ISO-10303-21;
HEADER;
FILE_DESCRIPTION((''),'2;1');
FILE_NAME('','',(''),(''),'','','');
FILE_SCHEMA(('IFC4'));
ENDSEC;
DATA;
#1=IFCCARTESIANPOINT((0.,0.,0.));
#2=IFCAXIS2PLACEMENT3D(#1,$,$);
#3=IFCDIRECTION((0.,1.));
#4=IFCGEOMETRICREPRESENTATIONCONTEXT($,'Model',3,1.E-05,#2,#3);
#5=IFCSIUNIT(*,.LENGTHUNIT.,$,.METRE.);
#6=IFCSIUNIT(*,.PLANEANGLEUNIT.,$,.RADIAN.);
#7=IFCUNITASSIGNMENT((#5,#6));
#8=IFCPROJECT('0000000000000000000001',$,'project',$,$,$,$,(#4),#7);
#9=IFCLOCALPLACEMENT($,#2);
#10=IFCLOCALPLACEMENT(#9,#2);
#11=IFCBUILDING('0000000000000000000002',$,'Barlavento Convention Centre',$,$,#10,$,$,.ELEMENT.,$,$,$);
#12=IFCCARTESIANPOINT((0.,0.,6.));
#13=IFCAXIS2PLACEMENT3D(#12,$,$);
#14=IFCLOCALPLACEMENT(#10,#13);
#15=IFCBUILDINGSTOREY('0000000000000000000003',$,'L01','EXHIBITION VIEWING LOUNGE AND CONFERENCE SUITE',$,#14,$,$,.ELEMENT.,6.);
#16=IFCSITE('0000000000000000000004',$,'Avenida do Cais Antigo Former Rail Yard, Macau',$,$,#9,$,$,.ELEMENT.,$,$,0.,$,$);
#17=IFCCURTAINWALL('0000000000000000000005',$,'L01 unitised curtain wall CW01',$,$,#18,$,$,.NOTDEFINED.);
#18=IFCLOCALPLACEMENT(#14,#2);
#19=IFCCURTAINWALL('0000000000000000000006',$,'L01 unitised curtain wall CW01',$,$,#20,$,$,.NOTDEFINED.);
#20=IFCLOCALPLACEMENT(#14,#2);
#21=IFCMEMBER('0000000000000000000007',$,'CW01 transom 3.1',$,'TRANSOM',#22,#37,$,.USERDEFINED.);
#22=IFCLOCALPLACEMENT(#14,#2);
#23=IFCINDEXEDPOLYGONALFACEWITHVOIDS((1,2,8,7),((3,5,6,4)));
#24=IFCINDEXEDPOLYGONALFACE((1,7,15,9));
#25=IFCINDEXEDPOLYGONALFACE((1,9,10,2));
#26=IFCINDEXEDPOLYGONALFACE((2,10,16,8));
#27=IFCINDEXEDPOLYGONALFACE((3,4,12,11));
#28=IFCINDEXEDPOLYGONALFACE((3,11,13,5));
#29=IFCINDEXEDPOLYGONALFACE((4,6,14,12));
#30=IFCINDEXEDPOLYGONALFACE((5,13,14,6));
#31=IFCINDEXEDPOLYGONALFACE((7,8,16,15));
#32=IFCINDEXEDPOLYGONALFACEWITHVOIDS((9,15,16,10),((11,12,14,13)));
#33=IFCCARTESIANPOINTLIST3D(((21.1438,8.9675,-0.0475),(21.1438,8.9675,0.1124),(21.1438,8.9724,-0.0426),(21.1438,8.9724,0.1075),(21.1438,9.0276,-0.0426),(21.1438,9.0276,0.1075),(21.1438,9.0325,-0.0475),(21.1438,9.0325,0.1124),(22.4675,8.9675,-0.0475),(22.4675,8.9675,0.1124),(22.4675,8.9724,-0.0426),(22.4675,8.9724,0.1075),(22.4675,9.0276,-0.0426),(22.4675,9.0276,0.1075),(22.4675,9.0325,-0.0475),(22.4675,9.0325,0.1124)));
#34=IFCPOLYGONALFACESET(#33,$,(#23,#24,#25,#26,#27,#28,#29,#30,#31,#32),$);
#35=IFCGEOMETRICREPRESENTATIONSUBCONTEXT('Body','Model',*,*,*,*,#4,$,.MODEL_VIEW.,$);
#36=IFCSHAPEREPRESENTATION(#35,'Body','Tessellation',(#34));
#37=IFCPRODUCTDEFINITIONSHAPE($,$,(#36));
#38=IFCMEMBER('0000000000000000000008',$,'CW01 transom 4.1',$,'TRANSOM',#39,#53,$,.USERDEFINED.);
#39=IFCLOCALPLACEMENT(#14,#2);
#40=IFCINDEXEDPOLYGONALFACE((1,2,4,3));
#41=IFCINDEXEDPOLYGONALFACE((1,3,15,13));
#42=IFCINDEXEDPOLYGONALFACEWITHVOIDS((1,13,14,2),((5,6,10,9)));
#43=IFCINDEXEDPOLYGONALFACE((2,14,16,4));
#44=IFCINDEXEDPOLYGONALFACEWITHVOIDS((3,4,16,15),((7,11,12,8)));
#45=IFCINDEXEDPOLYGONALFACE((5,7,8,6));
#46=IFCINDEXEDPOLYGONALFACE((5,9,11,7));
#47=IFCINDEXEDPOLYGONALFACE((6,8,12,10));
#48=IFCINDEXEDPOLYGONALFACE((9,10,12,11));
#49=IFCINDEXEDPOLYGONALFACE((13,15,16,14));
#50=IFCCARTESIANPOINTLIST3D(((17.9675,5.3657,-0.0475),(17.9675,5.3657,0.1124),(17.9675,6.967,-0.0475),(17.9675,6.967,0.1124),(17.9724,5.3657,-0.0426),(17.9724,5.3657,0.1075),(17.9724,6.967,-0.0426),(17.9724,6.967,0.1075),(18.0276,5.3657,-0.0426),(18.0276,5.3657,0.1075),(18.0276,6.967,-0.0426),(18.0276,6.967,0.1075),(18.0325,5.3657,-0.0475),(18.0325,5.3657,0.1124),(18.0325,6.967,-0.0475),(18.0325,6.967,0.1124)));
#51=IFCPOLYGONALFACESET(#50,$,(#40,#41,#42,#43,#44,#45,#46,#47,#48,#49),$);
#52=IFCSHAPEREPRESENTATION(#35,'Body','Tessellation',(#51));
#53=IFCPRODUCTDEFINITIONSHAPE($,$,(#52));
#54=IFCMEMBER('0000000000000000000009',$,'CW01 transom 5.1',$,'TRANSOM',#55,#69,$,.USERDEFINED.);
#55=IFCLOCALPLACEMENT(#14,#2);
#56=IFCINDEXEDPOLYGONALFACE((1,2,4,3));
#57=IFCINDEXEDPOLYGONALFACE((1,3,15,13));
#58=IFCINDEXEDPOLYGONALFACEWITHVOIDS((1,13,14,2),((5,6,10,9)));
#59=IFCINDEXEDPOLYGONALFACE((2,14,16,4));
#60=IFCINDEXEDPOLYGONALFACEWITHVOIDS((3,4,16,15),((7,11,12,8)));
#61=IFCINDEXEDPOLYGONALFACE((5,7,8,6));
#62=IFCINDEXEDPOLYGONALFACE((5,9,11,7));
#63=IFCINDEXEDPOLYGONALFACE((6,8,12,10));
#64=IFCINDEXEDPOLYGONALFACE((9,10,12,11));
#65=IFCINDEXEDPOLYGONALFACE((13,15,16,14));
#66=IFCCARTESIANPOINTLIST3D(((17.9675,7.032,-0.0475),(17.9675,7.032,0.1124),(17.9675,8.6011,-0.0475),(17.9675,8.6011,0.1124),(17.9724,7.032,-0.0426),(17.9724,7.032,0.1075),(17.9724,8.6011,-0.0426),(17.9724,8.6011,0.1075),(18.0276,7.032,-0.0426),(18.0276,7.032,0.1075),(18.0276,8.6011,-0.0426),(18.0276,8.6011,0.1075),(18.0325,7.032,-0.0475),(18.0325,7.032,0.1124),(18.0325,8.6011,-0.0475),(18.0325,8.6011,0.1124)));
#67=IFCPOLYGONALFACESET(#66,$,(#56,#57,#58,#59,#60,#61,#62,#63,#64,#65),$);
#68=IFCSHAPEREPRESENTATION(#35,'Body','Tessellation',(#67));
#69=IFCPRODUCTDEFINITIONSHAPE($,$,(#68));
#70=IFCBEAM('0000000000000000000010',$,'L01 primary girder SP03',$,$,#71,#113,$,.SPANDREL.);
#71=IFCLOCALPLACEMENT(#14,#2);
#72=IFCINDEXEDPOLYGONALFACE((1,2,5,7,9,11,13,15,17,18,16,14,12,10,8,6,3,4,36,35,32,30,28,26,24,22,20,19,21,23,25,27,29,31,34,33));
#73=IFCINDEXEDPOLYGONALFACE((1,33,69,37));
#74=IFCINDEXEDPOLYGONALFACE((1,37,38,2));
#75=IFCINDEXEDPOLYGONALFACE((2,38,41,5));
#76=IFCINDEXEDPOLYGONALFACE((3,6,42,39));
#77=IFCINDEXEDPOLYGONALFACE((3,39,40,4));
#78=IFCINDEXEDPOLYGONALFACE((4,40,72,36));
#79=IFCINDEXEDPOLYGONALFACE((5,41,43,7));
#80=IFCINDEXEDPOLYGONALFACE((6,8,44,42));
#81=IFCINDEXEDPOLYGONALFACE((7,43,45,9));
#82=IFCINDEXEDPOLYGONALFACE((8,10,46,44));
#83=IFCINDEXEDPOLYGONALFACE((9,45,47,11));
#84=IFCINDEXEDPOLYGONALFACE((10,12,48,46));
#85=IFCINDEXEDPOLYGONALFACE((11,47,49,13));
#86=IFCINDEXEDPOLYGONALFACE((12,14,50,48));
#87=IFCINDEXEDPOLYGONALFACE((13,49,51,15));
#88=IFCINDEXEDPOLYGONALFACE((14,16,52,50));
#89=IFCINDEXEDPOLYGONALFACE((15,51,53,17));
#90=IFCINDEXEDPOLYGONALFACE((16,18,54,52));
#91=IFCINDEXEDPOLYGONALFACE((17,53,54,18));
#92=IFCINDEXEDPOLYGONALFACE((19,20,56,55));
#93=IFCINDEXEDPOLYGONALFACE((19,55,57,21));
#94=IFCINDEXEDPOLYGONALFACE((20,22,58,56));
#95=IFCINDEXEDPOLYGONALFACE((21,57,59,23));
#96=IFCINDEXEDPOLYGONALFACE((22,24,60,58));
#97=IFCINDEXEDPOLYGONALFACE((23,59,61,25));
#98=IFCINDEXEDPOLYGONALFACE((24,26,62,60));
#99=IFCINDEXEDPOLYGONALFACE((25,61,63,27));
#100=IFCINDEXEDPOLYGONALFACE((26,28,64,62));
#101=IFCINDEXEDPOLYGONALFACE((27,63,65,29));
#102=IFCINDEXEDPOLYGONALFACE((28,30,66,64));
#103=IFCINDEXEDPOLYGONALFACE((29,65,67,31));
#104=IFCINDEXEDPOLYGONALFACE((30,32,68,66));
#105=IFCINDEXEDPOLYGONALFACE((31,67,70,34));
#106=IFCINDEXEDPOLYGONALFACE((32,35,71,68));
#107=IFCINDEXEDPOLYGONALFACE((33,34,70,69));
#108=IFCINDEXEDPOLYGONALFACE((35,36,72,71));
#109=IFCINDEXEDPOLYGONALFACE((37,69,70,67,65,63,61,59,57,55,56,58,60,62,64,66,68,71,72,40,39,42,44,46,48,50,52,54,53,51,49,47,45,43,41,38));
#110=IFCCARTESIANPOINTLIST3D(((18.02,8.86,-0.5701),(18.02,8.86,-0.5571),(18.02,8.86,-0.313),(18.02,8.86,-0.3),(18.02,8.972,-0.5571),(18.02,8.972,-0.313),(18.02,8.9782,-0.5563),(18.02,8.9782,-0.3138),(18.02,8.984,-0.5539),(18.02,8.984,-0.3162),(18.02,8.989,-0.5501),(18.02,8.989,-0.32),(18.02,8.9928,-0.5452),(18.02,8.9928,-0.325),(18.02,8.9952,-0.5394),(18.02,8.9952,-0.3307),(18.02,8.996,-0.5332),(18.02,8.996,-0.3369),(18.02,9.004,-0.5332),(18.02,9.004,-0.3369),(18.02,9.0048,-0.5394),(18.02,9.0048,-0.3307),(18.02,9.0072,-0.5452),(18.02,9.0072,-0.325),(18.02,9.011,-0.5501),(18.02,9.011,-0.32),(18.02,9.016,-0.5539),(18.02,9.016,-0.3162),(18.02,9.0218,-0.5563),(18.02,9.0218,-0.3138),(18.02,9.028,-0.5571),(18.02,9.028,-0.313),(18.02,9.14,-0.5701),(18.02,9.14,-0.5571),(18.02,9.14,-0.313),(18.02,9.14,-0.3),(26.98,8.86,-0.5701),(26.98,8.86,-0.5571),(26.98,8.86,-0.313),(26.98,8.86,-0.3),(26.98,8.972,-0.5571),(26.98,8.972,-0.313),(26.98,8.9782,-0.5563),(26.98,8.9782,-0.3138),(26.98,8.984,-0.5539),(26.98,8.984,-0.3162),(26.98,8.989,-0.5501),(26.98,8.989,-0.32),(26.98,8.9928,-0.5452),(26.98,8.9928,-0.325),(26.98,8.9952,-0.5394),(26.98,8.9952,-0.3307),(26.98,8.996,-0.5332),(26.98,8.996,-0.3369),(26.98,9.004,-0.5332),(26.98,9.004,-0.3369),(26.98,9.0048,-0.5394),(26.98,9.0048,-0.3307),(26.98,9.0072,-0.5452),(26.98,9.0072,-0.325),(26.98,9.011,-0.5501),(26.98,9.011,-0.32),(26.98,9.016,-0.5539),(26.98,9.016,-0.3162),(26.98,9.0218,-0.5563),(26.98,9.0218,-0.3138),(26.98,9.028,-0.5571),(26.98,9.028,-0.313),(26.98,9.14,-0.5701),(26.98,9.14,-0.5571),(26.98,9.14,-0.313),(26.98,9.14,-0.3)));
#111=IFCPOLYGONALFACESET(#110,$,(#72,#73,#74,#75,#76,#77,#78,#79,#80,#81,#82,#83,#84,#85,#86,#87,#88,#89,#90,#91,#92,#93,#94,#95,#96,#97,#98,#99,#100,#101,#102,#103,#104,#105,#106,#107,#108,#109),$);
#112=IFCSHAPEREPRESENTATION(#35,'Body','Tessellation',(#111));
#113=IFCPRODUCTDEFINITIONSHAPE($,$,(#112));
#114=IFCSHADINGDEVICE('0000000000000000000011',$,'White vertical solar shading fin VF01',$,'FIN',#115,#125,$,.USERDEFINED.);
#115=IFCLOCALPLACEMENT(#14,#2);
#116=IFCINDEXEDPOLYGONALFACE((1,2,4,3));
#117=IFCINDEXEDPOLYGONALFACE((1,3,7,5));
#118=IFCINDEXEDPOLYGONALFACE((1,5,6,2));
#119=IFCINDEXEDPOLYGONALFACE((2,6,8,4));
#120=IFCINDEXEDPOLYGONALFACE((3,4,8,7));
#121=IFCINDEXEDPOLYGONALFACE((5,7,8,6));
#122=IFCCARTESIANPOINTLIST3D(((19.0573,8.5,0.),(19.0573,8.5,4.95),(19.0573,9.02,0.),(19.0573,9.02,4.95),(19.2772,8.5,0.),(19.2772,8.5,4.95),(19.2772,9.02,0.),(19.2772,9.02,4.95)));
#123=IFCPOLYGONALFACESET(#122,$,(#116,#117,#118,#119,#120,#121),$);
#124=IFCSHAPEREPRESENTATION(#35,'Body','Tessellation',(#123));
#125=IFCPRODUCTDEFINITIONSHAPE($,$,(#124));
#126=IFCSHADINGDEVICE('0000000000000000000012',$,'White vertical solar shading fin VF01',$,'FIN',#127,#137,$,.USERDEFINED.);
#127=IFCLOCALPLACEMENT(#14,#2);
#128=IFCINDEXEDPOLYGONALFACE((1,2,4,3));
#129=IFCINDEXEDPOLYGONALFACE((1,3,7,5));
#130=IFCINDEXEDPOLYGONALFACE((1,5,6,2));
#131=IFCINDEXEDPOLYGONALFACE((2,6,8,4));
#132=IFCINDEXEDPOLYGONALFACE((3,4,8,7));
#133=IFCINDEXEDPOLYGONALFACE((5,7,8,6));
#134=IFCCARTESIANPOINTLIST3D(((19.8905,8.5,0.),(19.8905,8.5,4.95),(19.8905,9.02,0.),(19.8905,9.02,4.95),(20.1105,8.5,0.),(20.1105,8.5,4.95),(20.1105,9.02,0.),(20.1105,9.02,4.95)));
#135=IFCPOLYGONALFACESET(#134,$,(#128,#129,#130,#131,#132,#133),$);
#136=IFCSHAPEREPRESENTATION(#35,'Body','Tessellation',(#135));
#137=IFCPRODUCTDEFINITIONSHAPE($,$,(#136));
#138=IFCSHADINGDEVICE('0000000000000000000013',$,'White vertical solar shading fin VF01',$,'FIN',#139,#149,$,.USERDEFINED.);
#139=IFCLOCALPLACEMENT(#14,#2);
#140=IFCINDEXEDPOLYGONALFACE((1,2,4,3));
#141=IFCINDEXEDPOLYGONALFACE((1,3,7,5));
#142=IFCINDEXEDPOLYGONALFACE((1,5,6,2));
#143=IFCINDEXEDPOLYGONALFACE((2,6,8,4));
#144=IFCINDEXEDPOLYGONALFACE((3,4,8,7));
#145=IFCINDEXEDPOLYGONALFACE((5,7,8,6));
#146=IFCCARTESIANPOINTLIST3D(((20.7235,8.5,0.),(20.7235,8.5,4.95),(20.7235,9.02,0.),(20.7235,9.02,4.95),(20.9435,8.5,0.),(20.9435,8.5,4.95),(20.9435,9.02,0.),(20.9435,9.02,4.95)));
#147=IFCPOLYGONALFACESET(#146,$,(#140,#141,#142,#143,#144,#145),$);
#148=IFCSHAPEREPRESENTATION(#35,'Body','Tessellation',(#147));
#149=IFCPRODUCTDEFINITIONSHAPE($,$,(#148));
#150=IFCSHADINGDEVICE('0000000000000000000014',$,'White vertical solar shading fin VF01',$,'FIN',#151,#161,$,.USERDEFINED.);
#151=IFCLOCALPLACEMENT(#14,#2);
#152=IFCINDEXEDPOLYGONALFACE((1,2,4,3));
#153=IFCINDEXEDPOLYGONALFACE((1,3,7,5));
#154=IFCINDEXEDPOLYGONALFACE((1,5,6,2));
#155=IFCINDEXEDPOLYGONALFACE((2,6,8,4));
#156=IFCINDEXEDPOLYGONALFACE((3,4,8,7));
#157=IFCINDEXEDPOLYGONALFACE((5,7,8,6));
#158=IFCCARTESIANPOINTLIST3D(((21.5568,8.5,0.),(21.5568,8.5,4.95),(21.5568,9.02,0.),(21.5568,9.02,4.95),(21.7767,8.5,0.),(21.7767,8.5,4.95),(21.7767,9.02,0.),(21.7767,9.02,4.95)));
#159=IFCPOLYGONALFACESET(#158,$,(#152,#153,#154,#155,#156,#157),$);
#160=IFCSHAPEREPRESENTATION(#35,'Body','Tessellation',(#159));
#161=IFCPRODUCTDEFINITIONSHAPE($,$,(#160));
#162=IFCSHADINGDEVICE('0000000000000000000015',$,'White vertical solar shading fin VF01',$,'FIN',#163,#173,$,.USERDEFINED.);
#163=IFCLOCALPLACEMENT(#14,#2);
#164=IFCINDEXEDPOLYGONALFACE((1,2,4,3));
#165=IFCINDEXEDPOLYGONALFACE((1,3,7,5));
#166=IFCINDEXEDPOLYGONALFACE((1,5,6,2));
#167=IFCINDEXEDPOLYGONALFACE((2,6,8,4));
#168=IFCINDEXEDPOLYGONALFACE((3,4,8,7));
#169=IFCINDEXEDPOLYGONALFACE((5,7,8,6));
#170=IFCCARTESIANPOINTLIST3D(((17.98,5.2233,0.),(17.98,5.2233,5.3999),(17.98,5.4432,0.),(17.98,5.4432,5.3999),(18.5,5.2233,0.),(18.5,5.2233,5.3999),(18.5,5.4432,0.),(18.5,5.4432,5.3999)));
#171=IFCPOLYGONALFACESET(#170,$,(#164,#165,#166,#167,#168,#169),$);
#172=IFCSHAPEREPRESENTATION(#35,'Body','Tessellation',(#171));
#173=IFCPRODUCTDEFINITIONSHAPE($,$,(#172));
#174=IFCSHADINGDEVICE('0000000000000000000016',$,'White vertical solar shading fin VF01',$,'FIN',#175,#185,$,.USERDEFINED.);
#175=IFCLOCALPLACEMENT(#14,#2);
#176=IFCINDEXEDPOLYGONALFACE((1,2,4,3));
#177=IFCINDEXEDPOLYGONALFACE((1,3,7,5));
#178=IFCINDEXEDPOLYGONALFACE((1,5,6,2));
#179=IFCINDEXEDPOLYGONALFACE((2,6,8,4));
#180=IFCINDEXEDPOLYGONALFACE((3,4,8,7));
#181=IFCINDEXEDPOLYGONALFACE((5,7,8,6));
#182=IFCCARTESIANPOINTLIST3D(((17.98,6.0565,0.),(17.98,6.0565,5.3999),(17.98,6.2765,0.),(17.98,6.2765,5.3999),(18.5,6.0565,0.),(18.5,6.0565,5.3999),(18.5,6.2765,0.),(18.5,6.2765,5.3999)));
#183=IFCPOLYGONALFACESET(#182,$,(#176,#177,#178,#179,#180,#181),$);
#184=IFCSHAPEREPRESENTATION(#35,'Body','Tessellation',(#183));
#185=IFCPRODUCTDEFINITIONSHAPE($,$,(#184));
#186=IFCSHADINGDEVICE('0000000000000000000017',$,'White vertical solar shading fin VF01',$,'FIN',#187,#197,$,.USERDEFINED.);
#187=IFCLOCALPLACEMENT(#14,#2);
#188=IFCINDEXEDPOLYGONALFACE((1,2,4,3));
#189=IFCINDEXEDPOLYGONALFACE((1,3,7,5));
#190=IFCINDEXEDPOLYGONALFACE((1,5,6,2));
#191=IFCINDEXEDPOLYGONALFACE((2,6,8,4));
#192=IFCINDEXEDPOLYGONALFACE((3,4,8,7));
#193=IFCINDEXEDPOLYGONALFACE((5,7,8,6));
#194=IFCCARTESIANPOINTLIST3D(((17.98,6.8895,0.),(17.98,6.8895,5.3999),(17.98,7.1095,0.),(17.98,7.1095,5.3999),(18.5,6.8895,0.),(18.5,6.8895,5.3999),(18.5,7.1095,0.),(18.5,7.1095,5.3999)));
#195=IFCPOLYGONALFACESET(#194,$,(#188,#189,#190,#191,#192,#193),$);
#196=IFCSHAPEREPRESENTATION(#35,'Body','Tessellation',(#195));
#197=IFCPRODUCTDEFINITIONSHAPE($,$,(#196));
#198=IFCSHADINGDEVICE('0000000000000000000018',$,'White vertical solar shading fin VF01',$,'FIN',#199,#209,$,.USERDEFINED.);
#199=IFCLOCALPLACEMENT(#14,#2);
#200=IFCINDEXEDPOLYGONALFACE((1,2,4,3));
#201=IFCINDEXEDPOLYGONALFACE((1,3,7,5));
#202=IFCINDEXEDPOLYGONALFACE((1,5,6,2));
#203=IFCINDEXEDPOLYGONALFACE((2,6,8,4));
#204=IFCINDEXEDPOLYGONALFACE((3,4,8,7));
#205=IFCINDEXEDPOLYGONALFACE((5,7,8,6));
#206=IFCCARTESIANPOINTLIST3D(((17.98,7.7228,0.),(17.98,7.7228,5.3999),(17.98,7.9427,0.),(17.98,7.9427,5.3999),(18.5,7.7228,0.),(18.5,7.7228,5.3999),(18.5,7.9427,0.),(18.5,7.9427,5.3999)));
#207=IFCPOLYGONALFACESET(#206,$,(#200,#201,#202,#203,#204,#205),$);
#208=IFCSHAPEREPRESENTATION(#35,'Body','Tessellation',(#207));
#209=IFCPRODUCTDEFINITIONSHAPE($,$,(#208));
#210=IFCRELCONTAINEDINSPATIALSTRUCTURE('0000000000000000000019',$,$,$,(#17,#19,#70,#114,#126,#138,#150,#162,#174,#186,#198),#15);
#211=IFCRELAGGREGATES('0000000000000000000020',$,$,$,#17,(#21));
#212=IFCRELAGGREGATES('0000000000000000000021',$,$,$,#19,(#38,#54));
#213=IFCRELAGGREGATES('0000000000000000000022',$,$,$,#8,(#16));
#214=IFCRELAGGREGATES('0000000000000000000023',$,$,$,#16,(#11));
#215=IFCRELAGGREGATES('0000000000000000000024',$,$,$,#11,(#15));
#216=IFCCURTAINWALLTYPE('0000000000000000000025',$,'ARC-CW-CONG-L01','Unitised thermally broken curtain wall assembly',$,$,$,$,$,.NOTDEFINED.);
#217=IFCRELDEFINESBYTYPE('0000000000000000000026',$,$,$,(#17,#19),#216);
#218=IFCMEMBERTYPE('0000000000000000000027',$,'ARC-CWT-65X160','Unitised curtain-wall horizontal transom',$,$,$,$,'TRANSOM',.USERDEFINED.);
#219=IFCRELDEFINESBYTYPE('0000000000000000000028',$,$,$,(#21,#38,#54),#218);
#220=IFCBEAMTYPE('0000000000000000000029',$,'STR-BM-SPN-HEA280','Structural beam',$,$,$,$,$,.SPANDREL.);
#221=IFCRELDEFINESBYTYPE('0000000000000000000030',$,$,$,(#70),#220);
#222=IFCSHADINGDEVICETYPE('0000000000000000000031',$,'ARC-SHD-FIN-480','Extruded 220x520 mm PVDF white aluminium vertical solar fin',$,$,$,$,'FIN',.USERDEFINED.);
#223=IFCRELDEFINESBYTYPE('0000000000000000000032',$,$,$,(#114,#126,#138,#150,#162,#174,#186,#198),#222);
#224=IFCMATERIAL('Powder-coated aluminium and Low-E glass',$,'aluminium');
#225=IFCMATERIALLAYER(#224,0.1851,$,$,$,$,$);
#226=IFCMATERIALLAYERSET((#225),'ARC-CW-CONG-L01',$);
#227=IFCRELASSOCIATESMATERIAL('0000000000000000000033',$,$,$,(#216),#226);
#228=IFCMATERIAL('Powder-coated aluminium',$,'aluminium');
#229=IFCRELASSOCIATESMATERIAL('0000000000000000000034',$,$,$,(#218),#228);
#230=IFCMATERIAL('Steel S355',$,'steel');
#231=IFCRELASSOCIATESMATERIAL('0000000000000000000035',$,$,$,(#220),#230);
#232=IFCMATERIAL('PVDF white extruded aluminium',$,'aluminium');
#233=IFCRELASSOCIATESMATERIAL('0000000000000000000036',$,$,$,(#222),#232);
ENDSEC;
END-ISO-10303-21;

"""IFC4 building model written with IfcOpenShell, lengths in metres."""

from ifc_helpers import new_model, si_unit, direction, frame, origin, origin_2d, place, context, subcontext, project, spatial, rectangle, hollow_rectangle, i_section, extrude, material, layer, layer_set, material_profile, profile_set, type_object, element, aggregate, save


model = new_model("IFC4")

# Units and contexts
model_context = context("Model", 3, precision=1e-05, world=origin(), true_north=direction((0.0, 1.0)))
body_context = subcontext(model_context, "Body", "Model", "MODEL_VIEW")
ifc_project = project(units=[si_unit("LENGTHUNIT", "METRE"), si_unit("PLANEANGLEUNIT", "RADIAN")], contexts=[model_context])

# Site, building, storey
site_placement = place(None, origin())
site = spatial("IfcSite", under=ifc_project, at=site_placement, Name="Avenida do Cais Antigo Former Rail Yard, Macau", CompositionType="ELEMENT", RefElevation=0.0)
building_placement = place(site_placement, origin())
building = spatial("IfcBuilding", under=site, at=building_placement, Name="Barlavento Convention Centre", CompositionType="ELEMENT")
storey_placement = place(building_placement, frame((0.0, 0.0, 6.0)))
storey = spatial("IfcBuildingStorey", under=building, at=storey_placement, Name="L01", Description="EXHIBITION VIEWING LOUNGE AND CONFERENCE SUITE", CompositionType="ELEMENT", Elevation=6.0)

# Curtain walls
ifc_material_1 = material(Name="Powder-coated aluminium and Low-E glass", Category="aluminium")
ifc_layer = layer(ifc_material_1, 0.1851)
ifc_layer_set = layer_set([ifc_layer], Name="ARC-CW-CONG-L01")
curtain_wall_type = type_object("IfcCurtainWallType", Name="ARC-CW-CONG-L01", Description="Unitised thermally broken curtain wall assembly", PredefinedType="NOTDEFINED", material=ifc_layer_set)
curtain_wall_1_placement = place(storey_placement, origin())
curtain_wall_1 = element("IfcCurtainWall", 1, at=curtain_wall_1_placement, inside=storey, type_object=curtain_wall_type, Name="L01 unitised curtain wall CW01", PredefinedType="NOTDEFINED")
ifc_material_2 = material(Name="Powder-coated aluminium", Category="aluminium")
curtain_wall_2_placement = place(storey_placement, origin())
curtain_wall_2 = element("IfcCurtainWall", 2, at=curtain_wall_2_placement, inside=storey, type_object=curtain_wall_type, Name="L01 unitised curtain wall CW01", PredefinedType="NOTDEFINED")

# Members
ifc_material_profile_1 = material_profile(ifc_material_2, hollow_rectangle(XDim=0.0649, YDim=0.1599, WallThickness=0.0049, at=origin_2d()), Name="AL-TRAN 65x160x5")
ifc_profile_set_1 = profile_set([ifc_material_profile_1], Name="Powder-coated aluminium")
member_type_1 = type_object("IfcMemberType", Name="ARC-CWT-65X160", Description="Unitised curtain-wall horizontal transom", ElementType="TRANSOM", PredefinedType="USERDEFINED", material=ifc_profile_set_1)
member_1_placement = place(storey_placement, frame((21.1438, 9.0, 0.0325), z_axis=(1.0, 0.0, 0.0), x_axis=(0.0, 1.0, 0.0)))
member_1 = element("IfcMember", 3, at=member_1_placement, type_object=member_type_1, Name="CW01 transom 3.1", ObjectType="TRANSOM", PredefinedType="USERDEFINED", context=body_context, shape_type="SweptSolid", body=[
    extrude(hollow_rectangle(XDim=0.0649, YDim=0.1599, WallThickness=0.0049, at=origin_2d()), origin(), (0.0, 0.0, 1.0), 1.3237),
])
aggregate(curtain_wall_1, [member_1])
member_2_placement = place(storey_placement, frame((18.0, 5.3657, 0.0325), z_axis=(0.0, 1.0, 0.0), x_axis=(-1.0, 0.0, 0.0)))
member_2 = element("IfcMember", 4, at=member_2_placement, type_object=member_type_1, Name="CW01 transom 4.1", ObjectType="TRANSOM", PredefinedType="USERDEFINED", context=body_context, shape_type="SweptSolid", body=[
    extrude(hollow_rectangle(XDim=0.0649, YDim=0.1599, WallThickness=0.0049, at=origin_2d()), origin(), (0.0, 0.0, 1.0), 1.6013),
])
member_3_placement = place(storey_placement, frame((18.0, 7.032, 0.0325), z_axis=(0.0, 1.0, 0.0), x_axis=(-1.0, 0.0, 0.0)))
member_3 = element("IfcMember", 5, at=member_3_placement, type_object=member_type_1, Name="CW01 transom 5.1", ObjectType="TRANSOM", PredefinedType="USERDEFINED", context=body_context, shape_type="SweptSolid", body=[
    extrude(hollow_rectangle(XDim=0.0649, YDim=0.1599, WallThickness=0.0049, at=origin_2d()), origin(), (0.0, 0.0, 1.0), 1.5691),
])
aggregate(curtain_wall_2, [member_2, member_3])

# Beam
ifc_material_3 = material(Name="Steel S355", Category="steel")
ifc_material_profile_2 = material_profile(ifc_material_3, i_section(OverallWidth=0.28, OverallDepth=0.27, WebThickness=0.0081, FlangeThickness=0.0129, FilletRadius=0.0239, at=origin_2d()), Name="HEA 280")
ifc_profile_set_2 = profile_set([ifc_material_profile_2], Name="Steel S355")
beam_type = type_object("IfcBeamType", Name="STR-BM-SPN-HEA280", Description="Structural beam", PredefinedType="SPANDREL", material=ifc_profile_set_2)
beam_placement = place(storey_placement, frame((18.02, 9.0, -0.4351), z_axis=(1.0, 0.0, 0.0), x_axis=(0.0, 1.0, 0.0)))
element("IfcBeam", 6, at=beam_placement, inside=storey, type_object=beam_type, Name="L01 primary girder SP03", PredefinedType="SPANDREL", context=body_context, shape_type="SweptSolid", body=[
    extrude(i_section(OverallWidth=0.28, OverallDepth=0.27, WebThickness=0.0081, FlangeThickness=0.0129, FilletRadius=0.0239, at=origin_2d()), origin(), (0.0, 0.0, 1.0), 8.96),
])

# Shading devices
ifc_material_4 = material(Name="PVDF white extruded aluminium", Category="aluminium")
shading_device_type = type_object("IfcShadingDeviceType", Name="ARC-SHD-FIN-480", Description="Extruded 220x520 mm PVDF white aluminium vertical solar fin", ElementType="FIN", PredefinedType="USERDEFINED", material=ifc_material_4)
for number, where, z_axis, x_axis, name in (
    (7, (19.1672, 8.76, 0.0), (0.0, 0.0, 1.0), (1.0, 0.0, 0.0), "White vertical solar shading fin VF01"),
    (8, (20.0005, 8.76, 0.0), (0.0, 0.0, 1.0), (1.0, 0.0, 0.0), "White vertical solar shading fin VF01"),
    (9, (20.8335, 8.76, 0.0), (0.0, 0.0, 1.0), (1.0, 0.0, 0.0), "White vertical solar shading fin VF01"),
    (10, (21.6667, 8.76, 0.0), (0.0, 0.0, 1.0), (1.0, 0.0, 0.0), "White vertical solar shading fin VF01"),
):
    element("IfcShadingDevice", number, at=place(storey_placement, frame(where, z_axis=z_axis, x_axis=x_axis)), inside=storey, type_object=shading_device_type, Name=name, ObjectType="FIN", PredefinedType="USERDEFINED", context=body_context, shape_type="SweptSolid", body=[
        extrude(rectangle(XDim=0.22, YDim=0.52, at=origin_2d()), origin(), (0.0, 0.0, 1.0), 4.95),
    ])
for number, where, z_axis, x_axis, name in (
    (11, (18.24, 5.3333, 0.0), (0.0, 0.0, 1.0), (0.0, 1.0, 0.0), "White vertical solar shading fin VF01"),
    (12, (18.24, 6.1665, 0.0), (0.0, 0.0, 1.0), (0.0, 1.0, 0.0), "White vertical solar shading fin VF01"),
    (13, (18.24, 6.9995, 0.0), (0.0, 0.0, 1.0), (0.0, 1.0, 0.0), "White vertical solar shading fin VF01"),
    (14, (18.24, 7.8328, 0.0), (0.0, 0.0, 1.0), (0.0, 1.0, 0.0), "White vertical solar shading fin VF01"),
):
    element("IfcShadingDevice", number, at=place(storey_placement, frame(where, z_axis=z_axis, x_axis=x_axis)), inside=storey, type_object=shading_device_type, Name=name, ObjectType="FIN", PredefinedType="USERDEFINED", context=body_context, shape_type="SweptSolid", body=[
        extrude(rectangle(XDim=0.22, YDim=0.52, at=origin_2d()), origin(), (0.0, 0.0, 1.0), 5.3999),
    ])

save(model, "model.ifc")
